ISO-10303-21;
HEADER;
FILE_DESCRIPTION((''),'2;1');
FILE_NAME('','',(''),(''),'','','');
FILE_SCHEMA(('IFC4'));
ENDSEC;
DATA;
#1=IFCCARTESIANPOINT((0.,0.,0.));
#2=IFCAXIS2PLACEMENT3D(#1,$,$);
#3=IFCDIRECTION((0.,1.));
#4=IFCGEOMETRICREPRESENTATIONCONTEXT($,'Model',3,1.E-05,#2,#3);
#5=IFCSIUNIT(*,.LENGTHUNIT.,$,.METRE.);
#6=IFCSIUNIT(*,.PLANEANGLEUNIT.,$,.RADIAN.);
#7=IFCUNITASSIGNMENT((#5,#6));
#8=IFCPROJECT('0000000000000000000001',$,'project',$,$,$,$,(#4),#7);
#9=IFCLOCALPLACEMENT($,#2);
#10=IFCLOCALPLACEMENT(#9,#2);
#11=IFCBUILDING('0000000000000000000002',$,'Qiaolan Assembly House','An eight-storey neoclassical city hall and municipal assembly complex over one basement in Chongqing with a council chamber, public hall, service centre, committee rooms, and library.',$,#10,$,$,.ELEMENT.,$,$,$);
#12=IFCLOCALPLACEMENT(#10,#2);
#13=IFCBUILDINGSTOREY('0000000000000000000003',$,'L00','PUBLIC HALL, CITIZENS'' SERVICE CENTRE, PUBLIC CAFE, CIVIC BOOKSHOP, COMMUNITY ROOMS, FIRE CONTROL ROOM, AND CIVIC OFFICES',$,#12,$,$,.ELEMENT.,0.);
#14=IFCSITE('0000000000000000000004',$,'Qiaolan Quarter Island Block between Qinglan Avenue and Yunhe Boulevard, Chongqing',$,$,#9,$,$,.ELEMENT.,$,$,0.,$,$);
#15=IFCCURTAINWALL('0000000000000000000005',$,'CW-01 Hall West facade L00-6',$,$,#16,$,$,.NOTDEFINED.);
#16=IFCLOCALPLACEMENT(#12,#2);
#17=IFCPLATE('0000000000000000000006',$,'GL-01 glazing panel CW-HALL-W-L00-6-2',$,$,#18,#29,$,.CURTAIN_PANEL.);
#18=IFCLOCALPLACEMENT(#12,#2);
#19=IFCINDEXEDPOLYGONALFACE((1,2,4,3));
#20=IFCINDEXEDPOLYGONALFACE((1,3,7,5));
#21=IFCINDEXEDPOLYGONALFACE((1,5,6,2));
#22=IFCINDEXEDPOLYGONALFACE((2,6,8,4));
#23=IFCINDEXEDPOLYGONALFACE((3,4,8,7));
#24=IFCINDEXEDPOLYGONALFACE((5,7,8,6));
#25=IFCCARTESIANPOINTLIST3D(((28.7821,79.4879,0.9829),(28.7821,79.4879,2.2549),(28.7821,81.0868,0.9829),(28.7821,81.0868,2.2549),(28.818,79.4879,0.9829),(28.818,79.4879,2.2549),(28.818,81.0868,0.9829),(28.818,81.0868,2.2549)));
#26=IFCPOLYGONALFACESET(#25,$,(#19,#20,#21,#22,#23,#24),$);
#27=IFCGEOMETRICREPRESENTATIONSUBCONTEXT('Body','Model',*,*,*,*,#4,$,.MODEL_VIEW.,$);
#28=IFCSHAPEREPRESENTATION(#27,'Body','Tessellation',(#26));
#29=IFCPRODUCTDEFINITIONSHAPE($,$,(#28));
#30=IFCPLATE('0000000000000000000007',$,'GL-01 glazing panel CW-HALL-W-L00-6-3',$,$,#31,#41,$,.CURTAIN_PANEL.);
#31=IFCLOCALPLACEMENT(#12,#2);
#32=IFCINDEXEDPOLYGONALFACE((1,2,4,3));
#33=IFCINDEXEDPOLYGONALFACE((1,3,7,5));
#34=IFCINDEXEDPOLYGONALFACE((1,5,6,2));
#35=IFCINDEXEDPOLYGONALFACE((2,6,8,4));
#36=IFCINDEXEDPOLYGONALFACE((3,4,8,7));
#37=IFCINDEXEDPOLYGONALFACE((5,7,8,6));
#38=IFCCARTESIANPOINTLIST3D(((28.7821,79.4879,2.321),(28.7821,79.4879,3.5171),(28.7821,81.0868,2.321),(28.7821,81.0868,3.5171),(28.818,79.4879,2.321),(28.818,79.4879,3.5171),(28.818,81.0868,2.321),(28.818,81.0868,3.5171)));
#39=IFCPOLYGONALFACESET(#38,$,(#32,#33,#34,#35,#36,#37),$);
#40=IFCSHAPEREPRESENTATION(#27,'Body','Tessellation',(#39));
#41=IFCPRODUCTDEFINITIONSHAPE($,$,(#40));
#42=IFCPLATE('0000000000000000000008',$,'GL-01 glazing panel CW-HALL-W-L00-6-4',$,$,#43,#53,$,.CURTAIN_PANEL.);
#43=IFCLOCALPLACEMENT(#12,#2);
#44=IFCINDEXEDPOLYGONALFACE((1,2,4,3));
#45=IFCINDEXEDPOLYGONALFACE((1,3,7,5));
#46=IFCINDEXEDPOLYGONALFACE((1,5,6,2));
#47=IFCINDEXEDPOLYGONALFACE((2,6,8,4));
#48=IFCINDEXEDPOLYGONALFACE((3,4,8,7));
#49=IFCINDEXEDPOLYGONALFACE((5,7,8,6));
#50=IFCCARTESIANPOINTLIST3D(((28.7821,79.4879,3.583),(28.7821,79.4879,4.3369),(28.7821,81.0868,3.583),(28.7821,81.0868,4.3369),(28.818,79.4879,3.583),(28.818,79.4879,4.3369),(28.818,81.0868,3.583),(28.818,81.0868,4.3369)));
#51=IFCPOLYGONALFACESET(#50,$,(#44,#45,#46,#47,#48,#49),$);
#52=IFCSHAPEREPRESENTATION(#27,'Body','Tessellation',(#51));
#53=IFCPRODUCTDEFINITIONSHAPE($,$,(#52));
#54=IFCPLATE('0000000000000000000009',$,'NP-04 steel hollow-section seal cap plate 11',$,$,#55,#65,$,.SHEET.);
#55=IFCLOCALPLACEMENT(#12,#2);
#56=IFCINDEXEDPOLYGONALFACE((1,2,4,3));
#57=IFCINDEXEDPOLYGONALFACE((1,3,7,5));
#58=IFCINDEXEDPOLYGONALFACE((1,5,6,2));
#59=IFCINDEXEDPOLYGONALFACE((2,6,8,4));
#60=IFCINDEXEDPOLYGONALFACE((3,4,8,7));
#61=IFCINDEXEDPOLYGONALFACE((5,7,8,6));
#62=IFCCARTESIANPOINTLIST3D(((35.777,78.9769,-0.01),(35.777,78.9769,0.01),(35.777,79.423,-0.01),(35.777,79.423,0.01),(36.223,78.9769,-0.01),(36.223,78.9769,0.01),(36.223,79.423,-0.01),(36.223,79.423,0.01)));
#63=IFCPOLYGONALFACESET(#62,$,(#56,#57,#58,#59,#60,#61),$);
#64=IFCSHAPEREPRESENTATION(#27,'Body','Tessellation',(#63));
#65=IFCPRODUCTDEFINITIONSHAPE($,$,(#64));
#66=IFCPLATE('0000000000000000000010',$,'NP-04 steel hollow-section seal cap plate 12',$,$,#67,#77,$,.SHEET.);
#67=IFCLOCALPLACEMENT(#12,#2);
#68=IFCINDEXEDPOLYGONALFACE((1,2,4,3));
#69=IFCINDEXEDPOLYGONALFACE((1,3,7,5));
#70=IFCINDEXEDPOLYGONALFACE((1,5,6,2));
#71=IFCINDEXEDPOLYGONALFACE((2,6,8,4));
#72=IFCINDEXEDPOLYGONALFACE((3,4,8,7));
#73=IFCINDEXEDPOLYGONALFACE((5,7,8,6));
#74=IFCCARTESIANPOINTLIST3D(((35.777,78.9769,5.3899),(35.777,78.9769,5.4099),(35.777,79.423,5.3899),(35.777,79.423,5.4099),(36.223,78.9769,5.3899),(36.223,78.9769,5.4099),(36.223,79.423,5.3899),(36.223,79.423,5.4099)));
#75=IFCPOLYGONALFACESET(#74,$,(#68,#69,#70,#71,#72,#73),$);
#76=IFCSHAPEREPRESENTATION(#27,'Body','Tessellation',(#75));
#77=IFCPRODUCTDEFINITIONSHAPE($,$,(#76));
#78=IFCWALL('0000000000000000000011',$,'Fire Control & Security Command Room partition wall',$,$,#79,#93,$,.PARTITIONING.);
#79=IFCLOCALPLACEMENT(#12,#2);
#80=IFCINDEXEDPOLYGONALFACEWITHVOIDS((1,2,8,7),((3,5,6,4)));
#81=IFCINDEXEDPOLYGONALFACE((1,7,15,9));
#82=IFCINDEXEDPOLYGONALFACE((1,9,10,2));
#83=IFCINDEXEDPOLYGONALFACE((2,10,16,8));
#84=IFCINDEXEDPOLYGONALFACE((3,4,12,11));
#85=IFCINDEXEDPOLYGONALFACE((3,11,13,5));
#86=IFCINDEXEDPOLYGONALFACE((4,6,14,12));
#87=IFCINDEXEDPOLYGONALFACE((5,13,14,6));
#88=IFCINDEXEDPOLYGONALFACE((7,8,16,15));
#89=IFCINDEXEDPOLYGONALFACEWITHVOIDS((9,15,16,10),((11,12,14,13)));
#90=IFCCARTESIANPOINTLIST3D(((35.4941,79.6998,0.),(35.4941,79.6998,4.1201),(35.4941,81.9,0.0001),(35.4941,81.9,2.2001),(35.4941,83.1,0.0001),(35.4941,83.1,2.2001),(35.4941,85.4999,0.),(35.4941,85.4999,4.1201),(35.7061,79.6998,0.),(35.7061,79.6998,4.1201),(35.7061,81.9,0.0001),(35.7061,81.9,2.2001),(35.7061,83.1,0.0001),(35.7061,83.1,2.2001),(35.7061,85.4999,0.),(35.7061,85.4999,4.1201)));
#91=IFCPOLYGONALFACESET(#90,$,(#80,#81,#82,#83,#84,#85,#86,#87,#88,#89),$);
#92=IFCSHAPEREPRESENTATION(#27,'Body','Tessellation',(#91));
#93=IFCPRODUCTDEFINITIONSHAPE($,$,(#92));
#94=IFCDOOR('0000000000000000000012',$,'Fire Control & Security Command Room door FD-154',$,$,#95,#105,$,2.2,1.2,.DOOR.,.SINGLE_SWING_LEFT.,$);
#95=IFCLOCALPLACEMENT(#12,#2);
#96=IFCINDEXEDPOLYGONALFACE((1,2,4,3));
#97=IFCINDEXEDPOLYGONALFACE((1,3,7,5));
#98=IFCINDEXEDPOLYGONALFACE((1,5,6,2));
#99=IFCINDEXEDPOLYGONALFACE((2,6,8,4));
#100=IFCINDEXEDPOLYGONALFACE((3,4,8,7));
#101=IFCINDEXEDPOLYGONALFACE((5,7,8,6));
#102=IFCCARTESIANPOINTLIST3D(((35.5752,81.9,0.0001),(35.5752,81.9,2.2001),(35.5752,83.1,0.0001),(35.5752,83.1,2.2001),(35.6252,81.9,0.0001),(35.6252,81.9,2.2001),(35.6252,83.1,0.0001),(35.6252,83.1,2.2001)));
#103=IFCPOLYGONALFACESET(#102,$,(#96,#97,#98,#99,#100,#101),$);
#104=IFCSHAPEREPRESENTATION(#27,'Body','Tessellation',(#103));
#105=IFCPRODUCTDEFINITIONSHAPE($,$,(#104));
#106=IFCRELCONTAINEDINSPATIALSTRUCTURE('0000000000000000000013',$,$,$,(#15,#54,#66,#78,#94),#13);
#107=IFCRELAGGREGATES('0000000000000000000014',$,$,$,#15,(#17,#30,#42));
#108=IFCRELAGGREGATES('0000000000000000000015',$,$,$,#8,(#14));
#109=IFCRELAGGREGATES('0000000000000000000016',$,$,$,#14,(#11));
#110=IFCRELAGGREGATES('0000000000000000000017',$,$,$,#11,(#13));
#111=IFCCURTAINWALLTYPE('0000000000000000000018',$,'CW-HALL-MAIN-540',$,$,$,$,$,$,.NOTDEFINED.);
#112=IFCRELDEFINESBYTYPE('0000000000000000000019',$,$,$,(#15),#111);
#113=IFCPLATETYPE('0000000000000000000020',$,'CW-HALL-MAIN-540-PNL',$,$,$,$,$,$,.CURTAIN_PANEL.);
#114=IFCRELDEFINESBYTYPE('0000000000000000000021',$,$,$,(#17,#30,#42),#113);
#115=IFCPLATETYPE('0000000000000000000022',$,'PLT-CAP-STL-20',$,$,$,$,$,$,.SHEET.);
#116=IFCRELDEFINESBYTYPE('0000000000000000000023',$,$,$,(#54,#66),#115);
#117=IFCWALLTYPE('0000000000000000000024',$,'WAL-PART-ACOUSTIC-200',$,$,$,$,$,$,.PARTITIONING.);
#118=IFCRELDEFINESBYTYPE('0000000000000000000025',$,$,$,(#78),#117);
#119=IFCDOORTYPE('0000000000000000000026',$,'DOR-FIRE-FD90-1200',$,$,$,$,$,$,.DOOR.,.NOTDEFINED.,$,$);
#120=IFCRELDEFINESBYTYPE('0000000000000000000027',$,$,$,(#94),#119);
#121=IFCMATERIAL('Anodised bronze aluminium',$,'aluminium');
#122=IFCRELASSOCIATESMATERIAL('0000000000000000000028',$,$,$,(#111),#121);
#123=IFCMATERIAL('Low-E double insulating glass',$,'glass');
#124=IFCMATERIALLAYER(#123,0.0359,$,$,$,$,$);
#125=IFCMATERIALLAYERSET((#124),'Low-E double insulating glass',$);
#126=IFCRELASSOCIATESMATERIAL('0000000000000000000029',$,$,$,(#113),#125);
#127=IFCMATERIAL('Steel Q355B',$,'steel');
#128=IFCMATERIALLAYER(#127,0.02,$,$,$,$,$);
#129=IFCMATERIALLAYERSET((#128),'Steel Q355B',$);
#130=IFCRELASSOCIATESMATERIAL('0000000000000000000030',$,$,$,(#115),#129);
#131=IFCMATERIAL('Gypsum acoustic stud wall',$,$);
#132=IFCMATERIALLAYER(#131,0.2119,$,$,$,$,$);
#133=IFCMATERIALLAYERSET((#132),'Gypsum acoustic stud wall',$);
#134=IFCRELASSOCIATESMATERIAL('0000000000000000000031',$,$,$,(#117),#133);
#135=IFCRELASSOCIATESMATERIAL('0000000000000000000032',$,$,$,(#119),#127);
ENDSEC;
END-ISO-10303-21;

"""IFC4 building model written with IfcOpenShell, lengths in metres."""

from ifc_helpers import new_model, si_unit, direction, frame, frame_2d, origin, origin_2d, place, context, subcontext, project, spatial, rectangle, extrude, material, layer, layer_set, type_object, element, fill, aggregate, save


model = new_model("IFC4")

# Units and contexts
model_context = context("Model", 3, precision=1e-05, world=origin(), true_north=direction((0.0, 1.0)))
body_context = subcontext(model_context, "Body", "Model", "MODEL_VIEW")
ifc_project = project(units=[si_unit("LENGTHUNIT", "METRE"), si_unit("PLANEANGLEUNIT", "RADIAN")], contexts=[model_context])

# Site, building, storey
site_placement = place(None, origin())
site = spatial("IfcSite", under=ifc_project, at=site_placement, Name="Qiaolan Quarter Island Block between Qinglan Avenue and Yunhe Boulevard, Chongqing", CompositionType="ELEMENT", RefElevation=0.0)
building_placement = place(site_placement, origin())
building = spatial("IfcBuilding", under=site, at=building_placement, Name="Qiaolan Assembly House", Description="An eight-storey neoclassical city hall and municipal assembly complex over one basement in Chongqing with a council chamber, public hall, service centre, committee rooms, and library.", CompositionType="ELEMENT")
storey_placement = place(building_placement, origin())
storey = spatial("IfcBuildingStorey", under=building, at=storey_placement, Name="L00", Description="PUBLIC HALL, CITIZENS' SERVICE CENTRE, PUBLIC CAFE, CIVIC BOOKSHOP, COMMUNITY ROOMS, FIRE CONTROL ROOM, AND CIVIC OFFICES", CompositionType="ELEMENT", Elevation=0.0)

# Shared definitions
ifc_material_1 = material(Name="Steel Q355B", Category="steel")

# Shared definitions
ifc_material_2 = material(Name="Anodised bronze aluminium", Category="aluminium")
curtain_wall_type = type_object("IfcCurtainWallType", Name="CW-HALL-MAIN-540", PredefinedType="NOTDEFINED", material=ifc_material_2)

# Curtain wall
curtain_wall_1_placement = place(storey_placement, origin())
curtain_wall_1 = element("IfcCurtainWall", 1, at=curtain_wall_1_placement, inside=storey, type_object=curtain_wall_type, Name="CW-01 Hall West facade L00-6", PredefinedType="NOTDEFINED")

# Plates
ifc_material_3 = material(Name="Low-E double insulating glass", Category="glass")
ifc_layer_1 = layer(ifc_material_3, 0.0359)
ifc_layer_set_1 = layer_set([ifc_layer_1], Name="Low-E double insulating glass")
plate_type_1 = type_object("IfcPlateType", Name="CW-HALL-MAIN-540-PNL", PredefinedType="CURTAIN_PANEL", material=ifc_layer_set_1)
plate_1_placement = place(storey_placement, frame((28.8, 79.488, 0.9829), z_axis=(0.0, 0.0, 1.0), x_axis=(0.0, 1.0, 0.0)))
plate_1 = element("IfcPlate", 2, at=plate_1_placement, type_object=plate_type_1, Name="GL-01 glazing panel CW-HALL-W-L00-6-2", PredefinedType="CURTAIN_PANEL", context=body_context, shape_type="SweptSolid", body=[
    extrude(rectangle(XDim=1.5989, YDim=0.0359, at=frame_2d((0.7993, 0.0))), origin(), (0.0, 0.0, 1.0), 1.272),
])
plate_2_placement = place(storey_placement, frame((28.8, 79.488, 2.321), z_axis=(0.0, 0.0, 1.0), x_axis=(0.0, 1.0, 0.0)))
plate_2 = element("IfcPlate", 3, at=plate_2_placement, type_object=plate_type_1, Name="GL-01 glazing panel CW-HALL-W-L00-6-3", PredefinedType="CURTAIN_PANEL", context=body_context, shape_type="SweptSolid", body=[
    extrude(rectangle(XDim=1.5989, YDim=0.0359, at=frame_2d((0.7993, 0.0))), origin(), (0.0, 0.0, 1.0), 1.196),
])
plate_3_placement = place(storey_placement, frame((28.8, 79.488, 3.583), z_axis=(0.0, 0.0, 1.0), x_axis=(0.0, 1.0, 0.0)))
plate_3 = element("IfcPlate", 4, at=plate_3_placement, type_object=plate_type_1, Name="GL-01 glazing panel CW-HALL-W-L00-6-4", PredefinedType="CURTAIN_PANEL", context=body_context, shape_type="SweptSolid", body=[
    extrude(rectangle(XDim=1.5989, YDim=0.0359, at=frame_2d((0.7993, 0.0))), origin(), (0.0, 0.0, 1.0), 0.7539),
])
aggregate(curtain_wall_1, [plate_1, plate_2, plate_3])

# Plates
ifc_layer_2 = layer(ifc_material_1, 0.02)
ifc_layer_set_2 = layer_set([ifc_layer_2], Name="Steel Q355B")
plate_type_2 = type_object("IfcPlateType", Name="PLT-CAP-STL-20", PredefinedType="SHEET", material=ifc_layer_set_2)
for number, where, z_axis, x_axis, name in (
    (5, (36.0, 79.2, -0.01), (0.0, 0.0, 1.0), (1.0, 0.0, 0.0), "NP-04 steel hollow-section seal cap plate 11"),
    (6, (36.0, 79.2, 5.3899), (0.0, 0.0, 1.0), (1.0, 0.0, 0.0), "NP-04 steel hollow-section seal cap plate 12"),
):
    element("IfcPlate", number, at=place(storey_placement, frame(where, z_axis=z_axis, x_axis=x_axis)), inside=storey, type_object=plate_type_2, Name=name, PredefinedType="SHEET", context=body_context, shape_type="SweptSolid", body=[
        extrude(rectangle(XDim=0.446, YDim=0.446, at=origin_2d()), origin(), (0.0, 0.0, 1.0), 0.02),
    ])

# Wall, opening, door
ifc_material_4 = material(Name="Gypsum acoustic stud wall")
ifc_layer_3 = layer(ifc_material_4, 0.2119)
ifc_layer_set_3 = layer_set([ifc_layer_3], Name="Gypsum acoustic stud wall")
wall_type = type_object("IfcWallType", Name="WAL-PART-ACOUSTIC-200", PredefinedType="PARTITIONING", material=ifc_layer_set_3)
wall_placement = place(storey_placement, frame((35.6001, 79.7, 0.0), z_axis=(0.0, 0.0, 1.0), x_axis=(0.0, 1.0, 0.0)))
wall = element("IfcWall", 7, at=wall_placement, inside=storey, type_object=wall_type, Name="Fire Control & Security Command Room partition wall", PredefinedType="PARTITIONING", context=body_context, shape_type="SweptSolid", body=[
    extrude(rectangle(XDim=5.8, YDim=0.2119, at=frame_2d((2.8999, 0.0))), origin(), (0.0, 0.0, 1.0), 4.1201),
])
opening_placement = place(wall_placement, frame((2.2, 0.0, 0.0)))
opening = element("IfcOpeningElement", 8, at=opening_placement, cuts=wall, PredefinedType="OPENING", context=body_context, shape_type="SweptSolid", body=[
    extrude(rectangle(XDim=1.2, YDim=2.2, at=frame_2d((0.6001, 1.1001))), frame((0.0, 0.116, 0.0), z_axis=(0.0, -1.0, 0.0), x_axis=(1.0, 0.0, 0.0)), (0.0, 0.0, 1.0), 0.2319),
])
door_type = type_object("IfcDoorType", Name="DOR-FIRE-FD90-1200", OperationType="NOTDEFINED", PredefinedType="DOOR", material=ifc_material_1)
door_placement = place(opening_placement, origin())
door = element("IfcDoor", 9, at=door_placement, inside=storey, type_object=door_type, Name="Fire Control & Security Command Room door FD-154", OperationType="SINGLE_SWING_LEFT", OverallHeight=2.2, OverallWidth=1.2, PredefinedType="DOOR", context=body_context, shape_type="SweptSolid", body=[
    extrude(rectangle(XDim=1.2, YDim=2.2, at=frame_2d((0.6001, 1.1001))), frame((0.0, 0.0249, 0.0), z_axis=(0.0, -1.0, 0.0), x_axis=(1.0, 0.0, 0.0)), (0.0, 0.0, 1.0), 0.05),
])
fill(opening, door)

save(model, "model.ifc")
